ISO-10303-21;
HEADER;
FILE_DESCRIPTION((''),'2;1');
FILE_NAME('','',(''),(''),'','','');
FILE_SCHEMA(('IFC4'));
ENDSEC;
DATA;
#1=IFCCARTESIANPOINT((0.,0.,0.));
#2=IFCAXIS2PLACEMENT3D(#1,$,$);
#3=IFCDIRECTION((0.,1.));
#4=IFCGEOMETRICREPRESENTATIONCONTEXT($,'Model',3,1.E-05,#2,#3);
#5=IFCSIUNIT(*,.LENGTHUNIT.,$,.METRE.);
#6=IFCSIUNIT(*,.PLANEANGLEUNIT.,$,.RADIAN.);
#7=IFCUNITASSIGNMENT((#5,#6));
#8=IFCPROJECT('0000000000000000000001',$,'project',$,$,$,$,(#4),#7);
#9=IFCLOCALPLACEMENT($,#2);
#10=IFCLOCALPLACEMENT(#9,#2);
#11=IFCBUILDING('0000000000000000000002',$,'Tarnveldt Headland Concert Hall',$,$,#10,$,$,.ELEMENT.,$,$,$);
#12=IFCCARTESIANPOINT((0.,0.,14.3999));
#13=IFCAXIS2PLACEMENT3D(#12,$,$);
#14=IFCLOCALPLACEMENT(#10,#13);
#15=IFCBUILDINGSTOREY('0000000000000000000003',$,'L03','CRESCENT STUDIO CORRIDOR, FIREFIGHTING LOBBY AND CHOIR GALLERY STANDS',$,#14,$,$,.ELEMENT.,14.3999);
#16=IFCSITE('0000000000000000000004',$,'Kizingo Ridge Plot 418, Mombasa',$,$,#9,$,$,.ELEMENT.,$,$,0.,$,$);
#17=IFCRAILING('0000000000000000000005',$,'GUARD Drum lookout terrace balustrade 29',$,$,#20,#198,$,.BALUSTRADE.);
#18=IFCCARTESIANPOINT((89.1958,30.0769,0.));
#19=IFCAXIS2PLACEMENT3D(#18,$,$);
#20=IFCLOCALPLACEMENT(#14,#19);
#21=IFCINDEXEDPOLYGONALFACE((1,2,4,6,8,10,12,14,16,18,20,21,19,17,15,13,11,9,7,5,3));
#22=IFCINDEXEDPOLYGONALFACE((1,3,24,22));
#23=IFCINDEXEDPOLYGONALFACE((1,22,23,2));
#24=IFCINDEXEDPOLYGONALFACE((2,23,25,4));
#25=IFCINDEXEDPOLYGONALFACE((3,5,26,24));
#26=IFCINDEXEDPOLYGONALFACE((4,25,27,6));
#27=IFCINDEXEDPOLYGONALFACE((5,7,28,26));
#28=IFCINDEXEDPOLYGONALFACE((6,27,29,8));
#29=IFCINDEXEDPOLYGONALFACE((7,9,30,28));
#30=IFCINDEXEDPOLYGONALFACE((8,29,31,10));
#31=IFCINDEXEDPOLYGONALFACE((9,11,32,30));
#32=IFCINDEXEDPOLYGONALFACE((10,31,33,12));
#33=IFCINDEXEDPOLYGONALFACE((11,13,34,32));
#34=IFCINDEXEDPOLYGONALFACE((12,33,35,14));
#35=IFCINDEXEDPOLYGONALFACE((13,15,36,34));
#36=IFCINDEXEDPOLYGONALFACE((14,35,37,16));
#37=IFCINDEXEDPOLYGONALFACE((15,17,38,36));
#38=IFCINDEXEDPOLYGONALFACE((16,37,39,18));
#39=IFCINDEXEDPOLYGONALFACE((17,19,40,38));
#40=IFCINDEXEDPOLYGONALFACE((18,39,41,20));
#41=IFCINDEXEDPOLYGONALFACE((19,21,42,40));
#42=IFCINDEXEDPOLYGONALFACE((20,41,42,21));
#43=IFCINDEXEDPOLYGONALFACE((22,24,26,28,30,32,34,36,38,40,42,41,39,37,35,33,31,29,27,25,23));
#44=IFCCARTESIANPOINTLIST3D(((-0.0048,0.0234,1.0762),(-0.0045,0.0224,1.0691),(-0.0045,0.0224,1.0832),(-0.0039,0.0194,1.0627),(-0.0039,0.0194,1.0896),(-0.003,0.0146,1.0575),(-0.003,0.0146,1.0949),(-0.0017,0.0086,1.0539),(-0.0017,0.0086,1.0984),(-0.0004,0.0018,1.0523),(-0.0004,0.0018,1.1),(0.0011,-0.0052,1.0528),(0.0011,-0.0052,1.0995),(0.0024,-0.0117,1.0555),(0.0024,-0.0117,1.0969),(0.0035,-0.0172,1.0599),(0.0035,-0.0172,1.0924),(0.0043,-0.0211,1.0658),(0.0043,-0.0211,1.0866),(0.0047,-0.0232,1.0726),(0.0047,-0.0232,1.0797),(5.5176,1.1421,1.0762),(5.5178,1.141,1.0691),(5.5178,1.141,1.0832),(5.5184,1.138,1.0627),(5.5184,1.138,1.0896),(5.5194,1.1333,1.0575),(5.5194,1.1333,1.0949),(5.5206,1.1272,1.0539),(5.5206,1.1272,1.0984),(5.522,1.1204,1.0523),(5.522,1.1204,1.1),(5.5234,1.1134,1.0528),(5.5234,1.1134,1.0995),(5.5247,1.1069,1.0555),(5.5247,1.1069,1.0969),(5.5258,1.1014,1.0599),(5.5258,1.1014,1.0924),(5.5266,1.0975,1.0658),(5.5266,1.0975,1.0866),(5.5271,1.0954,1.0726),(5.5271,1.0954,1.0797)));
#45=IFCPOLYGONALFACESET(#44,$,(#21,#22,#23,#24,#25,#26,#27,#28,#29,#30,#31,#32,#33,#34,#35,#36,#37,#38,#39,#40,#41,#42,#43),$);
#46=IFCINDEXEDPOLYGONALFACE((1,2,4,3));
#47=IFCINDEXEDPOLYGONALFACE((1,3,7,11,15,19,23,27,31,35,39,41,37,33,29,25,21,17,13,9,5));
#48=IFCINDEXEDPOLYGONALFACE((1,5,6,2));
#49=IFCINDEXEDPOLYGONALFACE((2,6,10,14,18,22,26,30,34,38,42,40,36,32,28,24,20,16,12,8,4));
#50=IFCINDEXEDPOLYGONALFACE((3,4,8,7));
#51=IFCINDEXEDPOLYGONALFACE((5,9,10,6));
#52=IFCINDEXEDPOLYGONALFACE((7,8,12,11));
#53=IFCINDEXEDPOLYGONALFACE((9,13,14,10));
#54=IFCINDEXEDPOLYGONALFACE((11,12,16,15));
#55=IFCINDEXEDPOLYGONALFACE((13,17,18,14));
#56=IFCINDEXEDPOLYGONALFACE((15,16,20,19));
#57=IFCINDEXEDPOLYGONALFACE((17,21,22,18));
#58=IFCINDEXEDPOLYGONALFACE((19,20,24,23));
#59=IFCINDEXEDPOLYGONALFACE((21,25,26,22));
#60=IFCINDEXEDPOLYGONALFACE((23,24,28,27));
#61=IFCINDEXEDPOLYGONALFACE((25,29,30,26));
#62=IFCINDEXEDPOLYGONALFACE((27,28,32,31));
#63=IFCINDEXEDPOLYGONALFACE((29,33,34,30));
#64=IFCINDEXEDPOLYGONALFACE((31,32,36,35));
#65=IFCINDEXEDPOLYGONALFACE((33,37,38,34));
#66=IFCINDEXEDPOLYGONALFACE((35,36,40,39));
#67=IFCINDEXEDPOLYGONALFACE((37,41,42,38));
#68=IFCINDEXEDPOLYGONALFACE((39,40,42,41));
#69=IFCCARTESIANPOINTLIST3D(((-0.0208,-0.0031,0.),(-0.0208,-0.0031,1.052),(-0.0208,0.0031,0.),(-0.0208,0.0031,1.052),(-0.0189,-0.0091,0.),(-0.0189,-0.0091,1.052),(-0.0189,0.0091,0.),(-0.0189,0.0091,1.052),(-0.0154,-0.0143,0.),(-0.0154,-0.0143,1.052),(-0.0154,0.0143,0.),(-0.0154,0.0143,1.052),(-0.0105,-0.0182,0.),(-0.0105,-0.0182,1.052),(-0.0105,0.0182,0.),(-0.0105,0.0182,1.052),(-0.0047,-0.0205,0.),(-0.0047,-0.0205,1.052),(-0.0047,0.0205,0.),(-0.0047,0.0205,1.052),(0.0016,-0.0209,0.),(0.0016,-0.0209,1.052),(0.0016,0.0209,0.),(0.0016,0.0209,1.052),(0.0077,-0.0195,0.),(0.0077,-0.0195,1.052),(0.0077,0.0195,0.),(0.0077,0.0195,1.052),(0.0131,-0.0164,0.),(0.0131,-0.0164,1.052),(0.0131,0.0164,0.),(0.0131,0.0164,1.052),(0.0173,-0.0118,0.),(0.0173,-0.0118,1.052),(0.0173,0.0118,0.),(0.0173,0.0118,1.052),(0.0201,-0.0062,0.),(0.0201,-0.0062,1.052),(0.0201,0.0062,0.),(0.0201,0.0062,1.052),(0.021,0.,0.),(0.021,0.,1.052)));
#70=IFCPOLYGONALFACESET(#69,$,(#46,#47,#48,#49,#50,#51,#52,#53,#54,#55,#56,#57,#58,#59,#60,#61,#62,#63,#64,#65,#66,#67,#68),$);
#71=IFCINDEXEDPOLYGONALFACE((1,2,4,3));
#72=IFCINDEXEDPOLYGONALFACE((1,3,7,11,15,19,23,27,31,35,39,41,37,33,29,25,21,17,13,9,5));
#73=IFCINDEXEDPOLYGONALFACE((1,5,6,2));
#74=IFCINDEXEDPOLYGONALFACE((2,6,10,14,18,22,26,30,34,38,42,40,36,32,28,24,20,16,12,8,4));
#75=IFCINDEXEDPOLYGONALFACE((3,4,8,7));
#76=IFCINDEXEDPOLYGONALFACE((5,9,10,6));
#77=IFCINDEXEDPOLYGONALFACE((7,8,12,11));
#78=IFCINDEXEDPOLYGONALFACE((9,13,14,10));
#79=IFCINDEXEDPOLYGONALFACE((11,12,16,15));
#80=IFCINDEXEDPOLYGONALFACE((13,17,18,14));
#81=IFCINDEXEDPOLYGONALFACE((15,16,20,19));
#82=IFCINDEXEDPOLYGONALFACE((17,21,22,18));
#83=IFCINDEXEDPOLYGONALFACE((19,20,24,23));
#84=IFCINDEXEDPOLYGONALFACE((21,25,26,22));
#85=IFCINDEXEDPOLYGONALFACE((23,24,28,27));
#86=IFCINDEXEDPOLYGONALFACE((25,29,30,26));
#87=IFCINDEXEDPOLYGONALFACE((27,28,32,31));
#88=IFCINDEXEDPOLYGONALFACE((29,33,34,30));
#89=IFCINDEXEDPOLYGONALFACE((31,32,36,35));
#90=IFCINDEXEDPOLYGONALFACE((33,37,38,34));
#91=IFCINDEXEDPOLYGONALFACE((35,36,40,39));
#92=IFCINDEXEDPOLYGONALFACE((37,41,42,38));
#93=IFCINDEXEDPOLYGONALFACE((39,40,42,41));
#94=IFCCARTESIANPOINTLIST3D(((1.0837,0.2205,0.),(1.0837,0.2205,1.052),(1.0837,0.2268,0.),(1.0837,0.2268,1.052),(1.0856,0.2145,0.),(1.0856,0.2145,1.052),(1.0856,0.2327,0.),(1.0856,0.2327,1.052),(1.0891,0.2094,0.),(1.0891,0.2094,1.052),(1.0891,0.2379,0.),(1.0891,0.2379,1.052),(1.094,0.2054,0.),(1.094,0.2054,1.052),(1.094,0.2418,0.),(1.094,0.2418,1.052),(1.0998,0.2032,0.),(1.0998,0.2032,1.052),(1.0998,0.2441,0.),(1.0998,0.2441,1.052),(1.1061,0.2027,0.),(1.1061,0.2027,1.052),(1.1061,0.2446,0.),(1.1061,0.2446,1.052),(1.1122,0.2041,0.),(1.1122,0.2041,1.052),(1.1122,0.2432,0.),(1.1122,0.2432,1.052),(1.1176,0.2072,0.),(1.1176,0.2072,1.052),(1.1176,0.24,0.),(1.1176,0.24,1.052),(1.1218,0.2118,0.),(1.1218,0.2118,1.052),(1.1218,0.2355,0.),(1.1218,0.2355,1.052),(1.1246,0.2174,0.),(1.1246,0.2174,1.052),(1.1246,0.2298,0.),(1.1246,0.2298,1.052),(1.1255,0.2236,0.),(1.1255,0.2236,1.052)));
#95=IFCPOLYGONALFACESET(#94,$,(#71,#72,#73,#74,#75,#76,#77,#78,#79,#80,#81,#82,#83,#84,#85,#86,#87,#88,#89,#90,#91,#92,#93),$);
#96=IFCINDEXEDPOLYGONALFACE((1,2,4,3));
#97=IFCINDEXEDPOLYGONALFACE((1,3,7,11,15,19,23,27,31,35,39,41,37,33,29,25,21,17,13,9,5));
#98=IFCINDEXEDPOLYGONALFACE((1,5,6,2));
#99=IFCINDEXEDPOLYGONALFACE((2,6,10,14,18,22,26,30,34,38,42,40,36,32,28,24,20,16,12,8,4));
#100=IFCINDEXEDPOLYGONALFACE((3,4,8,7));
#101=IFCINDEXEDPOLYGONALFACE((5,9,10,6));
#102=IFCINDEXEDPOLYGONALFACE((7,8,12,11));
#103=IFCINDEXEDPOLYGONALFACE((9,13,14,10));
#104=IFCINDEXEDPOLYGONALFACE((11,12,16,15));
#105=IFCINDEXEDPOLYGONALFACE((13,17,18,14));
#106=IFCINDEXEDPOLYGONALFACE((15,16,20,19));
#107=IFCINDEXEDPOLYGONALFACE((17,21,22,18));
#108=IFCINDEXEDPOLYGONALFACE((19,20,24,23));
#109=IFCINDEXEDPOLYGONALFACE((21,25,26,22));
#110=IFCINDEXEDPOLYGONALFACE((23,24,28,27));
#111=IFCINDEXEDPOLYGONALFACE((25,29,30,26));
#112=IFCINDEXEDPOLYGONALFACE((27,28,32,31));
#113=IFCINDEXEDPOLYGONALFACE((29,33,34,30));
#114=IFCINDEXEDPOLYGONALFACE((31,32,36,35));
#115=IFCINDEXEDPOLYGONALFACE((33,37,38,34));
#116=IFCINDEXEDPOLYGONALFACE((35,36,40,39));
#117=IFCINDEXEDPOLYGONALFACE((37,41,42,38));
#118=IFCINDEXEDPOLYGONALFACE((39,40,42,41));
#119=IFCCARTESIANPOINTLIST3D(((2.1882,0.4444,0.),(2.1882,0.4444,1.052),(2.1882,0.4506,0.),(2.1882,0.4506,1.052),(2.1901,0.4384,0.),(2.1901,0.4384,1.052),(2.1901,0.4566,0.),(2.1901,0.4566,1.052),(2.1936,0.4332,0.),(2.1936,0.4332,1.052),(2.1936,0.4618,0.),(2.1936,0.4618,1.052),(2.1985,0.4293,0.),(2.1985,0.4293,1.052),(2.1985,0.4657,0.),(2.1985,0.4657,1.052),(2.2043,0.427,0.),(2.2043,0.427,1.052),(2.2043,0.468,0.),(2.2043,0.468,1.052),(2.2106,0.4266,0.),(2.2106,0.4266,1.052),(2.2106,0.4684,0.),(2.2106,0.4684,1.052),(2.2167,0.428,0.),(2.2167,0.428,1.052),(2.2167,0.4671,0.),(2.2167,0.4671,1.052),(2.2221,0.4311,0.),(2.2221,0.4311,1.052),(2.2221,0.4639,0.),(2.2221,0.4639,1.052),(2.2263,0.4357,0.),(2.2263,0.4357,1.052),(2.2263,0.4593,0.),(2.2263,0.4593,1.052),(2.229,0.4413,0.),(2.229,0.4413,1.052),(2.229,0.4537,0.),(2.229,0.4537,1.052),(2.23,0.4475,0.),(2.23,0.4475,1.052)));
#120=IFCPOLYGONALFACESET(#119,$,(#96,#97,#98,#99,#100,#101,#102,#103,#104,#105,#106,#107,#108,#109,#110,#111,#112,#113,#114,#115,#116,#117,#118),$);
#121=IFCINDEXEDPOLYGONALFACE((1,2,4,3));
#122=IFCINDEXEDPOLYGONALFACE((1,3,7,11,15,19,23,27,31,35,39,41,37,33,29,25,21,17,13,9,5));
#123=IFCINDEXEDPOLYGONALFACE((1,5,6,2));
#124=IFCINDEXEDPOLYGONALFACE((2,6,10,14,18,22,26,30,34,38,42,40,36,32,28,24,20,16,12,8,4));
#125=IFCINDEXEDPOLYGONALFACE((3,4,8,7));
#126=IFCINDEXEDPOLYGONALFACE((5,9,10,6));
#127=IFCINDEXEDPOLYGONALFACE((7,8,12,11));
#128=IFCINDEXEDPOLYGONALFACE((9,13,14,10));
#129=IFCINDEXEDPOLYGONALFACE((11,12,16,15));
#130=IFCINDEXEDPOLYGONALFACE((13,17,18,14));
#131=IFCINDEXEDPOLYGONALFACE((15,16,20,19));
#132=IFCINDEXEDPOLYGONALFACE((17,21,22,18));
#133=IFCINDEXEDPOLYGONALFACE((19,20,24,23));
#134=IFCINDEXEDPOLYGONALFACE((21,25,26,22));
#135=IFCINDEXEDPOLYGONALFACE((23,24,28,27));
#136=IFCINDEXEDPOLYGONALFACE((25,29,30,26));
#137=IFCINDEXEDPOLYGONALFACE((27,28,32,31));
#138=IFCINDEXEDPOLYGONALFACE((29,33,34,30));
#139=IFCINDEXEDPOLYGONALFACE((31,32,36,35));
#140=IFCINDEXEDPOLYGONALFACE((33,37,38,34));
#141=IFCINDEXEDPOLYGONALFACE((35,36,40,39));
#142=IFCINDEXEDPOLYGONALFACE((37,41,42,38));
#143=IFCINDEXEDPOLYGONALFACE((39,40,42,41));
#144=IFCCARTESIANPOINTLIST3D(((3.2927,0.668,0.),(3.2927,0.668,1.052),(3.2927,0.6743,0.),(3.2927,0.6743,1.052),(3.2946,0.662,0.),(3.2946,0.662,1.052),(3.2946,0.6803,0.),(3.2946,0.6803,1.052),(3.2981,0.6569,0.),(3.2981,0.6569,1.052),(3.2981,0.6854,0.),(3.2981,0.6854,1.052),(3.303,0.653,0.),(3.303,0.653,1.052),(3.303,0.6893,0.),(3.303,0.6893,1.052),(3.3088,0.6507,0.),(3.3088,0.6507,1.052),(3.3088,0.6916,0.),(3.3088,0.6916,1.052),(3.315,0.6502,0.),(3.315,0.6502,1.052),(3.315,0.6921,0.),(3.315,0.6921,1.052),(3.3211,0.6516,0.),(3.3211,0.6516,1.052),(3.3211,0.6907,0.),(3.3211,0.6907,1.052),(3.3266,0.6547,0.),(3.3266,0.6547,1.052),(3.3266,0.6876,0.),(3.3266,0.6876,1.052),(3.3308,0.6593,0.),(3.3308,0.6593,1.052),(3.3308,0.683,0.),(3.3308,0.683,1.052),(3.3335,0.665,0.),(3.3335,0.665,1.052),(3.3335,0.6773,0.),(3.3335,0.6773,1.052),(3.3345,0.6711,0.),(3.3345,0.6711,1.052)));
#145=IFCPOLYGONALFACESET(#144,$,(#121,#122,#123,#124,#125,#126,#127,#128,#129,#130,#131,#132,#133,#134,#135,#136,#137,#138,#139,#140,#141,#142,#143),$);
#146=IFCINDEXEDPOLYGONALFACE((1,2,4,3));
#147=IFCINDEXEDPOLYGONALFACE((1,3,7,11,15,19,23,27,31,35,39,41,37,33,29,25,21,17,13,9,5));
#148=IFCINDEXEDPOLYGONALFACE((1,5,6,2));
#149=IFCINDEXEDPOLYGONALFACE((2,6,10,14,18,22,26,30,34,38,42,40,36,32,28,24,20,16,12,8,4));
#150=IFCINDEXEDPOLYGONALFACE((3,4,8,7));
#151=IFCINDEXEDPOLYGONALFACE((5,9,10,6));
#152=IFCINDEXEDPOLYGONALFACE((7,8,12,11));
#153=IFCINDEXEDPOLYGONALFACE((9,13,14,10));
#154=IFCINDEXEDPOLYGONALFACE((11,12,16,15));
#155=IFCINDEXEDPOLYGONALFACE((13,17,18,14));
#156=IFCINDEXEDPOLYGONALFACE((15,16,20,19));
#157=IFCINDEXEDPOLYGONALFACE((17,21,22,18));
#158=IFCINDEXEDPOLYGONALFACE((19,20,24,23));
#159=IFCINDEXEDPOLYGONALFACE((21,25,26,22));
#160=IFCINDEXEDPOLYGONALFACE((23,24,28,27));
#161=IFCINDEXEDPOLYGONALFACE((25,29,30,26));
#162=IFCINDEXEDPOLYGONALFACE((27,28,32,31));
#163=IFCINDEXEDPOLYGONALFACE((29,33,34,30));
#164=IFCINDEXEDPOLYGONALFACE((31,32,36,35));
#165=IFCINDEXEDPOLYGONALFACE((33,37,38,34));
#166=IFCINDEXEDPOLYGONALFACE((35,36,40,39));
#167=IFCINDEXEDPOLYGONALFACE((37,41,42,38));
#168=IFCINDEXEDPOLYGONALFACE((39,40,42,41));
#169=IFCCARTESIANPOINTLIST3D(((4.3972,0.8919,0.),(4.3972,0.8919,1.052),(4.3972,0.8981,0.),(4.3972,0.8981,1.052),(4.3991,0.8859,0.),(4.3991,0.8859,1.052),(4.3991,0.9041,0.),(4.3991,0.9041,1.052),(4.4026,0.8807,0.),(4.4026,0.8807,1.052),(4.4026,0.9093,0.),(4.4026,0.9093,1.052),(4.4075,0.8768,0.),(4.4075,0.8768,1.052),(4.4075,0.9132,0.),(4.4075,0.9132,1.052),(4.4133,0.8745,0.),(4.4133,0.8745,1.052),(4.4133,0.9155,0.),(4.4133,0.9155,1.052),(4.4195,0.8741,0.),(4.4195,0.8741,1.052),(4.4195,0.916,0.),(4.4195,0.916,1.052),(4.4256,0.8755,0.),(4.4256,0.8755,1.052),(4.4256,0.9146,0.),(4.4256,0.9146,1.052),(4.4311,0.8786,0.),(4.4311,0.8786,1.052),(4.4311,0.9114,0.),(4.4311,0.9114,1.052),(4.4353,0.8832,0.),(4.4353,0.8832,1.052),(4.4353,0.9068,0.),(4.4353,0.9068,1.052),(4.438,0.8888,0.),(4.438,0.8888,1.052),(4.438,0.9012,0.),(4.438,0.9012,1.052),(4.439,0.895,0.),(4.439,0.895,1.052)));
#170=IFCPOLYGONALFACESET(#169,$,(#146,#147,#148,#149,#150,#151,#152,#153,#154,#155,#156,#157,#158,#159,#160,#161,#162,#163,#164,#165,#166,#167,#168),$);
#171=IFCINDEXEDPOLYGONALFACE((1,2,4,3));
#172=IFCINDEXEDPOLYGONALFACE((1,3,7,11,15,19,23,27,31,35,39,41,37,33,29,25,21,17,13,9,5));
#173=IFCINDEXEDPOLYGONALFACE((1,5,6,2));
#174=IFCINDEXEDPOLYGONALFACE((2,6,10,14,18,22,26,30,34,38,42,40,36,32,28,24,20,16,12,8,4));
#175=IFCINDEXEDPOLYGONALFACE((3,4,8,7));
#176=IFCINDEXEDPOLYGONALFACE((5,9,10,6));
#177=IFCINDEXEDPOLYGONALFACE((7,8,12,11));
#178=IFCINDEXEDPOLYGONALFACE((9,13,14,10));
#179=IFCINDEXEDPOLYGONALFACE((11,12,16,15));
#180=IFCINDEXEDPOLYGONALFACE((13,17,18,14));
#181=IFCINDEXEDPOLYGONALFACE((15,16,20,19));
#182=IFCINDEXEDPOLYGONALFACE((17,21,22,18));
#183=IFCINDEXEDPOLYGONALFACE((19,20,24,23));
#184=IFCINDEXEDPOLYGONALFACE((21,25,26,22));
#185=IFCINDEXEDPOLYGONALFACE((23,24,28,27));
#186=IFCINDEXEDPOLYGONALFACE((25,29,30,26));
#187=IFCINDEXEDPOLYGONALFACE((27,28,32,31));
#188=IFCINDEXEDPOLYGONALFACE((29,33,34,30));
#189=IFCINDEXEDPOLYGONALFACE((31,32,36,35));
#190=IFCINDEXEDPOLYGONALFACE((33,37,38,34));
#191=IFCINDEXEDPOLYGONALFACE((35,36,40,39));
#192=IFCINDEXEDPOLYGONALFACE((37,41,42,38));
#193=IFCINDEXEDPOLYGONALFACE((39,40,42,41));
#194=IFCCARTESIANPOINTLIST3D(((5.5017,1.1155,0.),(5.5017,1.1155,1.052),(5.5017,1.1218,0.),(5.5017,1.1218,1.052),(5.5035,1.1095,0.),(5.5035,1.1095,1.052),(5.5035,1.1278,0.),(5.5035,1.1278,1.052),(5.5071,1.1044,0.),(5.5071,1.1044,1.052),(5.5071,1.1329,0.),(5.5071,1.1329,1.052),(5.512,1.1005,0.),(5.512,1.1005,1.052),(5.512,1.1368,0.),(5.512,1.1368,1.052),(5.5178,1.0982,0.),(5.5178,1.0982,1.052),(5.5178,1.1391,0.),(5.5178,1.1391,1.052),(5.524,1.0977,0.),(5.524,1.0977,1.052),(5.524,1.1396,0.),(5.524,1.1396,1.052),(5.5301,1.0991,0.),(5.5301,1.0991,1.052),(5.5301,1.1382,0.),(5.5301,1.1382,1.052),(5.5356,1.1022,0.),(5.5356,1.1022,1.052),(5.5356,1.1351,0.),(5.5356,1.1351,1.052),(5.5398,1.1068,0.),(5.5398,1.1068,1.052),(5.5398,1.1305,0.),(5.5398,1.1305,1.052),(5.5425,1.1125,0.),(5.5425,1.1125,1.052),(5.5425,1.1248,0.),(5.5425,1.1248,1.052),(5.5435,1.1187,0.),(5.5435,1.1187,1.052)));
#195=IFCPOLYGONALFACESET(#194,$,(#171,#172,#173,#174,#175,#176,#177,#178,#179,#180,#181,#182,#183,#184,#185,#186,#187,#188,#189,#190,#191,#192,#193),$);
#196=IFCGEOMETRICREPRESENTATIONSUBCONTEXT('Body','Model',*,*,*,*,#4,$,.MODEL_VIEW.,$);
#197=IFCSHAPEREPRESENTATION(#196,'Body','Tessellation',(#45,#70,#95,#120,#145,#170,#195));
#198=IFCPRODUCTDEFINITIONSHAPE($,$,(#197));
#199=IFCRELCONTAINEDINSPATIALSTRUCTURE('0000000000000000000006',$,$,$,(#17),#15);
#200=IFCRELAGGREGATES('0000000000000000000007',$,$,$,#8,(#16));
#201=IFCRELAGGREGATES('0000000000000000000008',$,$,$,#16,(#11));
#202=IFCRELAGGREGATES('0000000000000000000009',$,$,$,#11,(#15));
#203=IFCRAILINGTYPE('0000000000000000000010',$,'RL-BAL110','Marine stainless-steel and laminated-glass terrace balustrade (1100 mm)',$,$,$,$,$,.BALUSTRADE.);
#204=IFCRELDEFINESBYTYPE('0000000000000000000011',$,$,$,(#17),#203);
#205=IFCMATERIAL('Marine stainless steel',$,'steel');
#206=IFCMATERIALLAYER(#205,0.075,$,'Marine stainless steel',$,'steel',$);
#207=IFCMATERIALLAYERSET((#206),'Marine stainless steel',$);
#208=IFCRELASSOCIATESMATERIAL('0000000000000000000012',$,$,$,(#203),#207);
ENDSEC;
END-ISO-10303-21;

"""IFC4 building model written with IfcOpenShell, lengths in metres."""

from ifc_helpers import new_model, si_unit, direction, frame, origin, origin_2d, place, context, subcontext, project, spatial, circle, extrude, material, layer, layer_set, type_object, element, save


model = new_model("IFC4")

# Units and contexts
model_context = context("Model", 3, precision=1e-05, world=origin(), true_north=direction((0.0, 1.0)))
body_context = subcontext(model_context, "Body", "Model", "MODEL_VIEW")
ifc_project = project(units=[si_unit("LENGTHUNIT", "METRE"), si_unit("PLANEANGLEUNIT", "RADIAN")], contexts=[model_context])

# Site, building, storey
site_placement = place(None, origin())
site = spatial("IfcSite", under=ifc_project, at=site_placement, Name="Kizingo Ridge Plot 418, Mombasa", CompositionType="ELEMENT", RefElevation=0.0)
building_placement = place(site_placement, origin())
building = spatial("IfcBuilding", under=site, at=building_placement, Name="Tarnveldt Headland Concert Hall", CompositionType="ELEMENT")
storey_placement = place(building_placement, frame((0.0, 0.0, 14.3999)))
storey = spatial("IfcBuildingStorey", under=building, at=storey_placement, Name="L03", Description="CRESCENT STUDIO CORRIDOR, FIREFIGHTING LOBBY AND CHOIR GALLERY STANDS", CompositionType="ELEMENT", Elevation=14.3999)

# Railing
ifc_material_1 = material(Name="Marine stainless steel", Category="steel")
ifc_layer_1 = layer(ifc_material_1, 0.075, Name="Marine stainless steel", Category="steel")
ifc_layer_set_1 = layer_set([ifc_layer_1], Name="Marine stainless steel")
railing_type_1 = type_object("IfcRailingType", Name="RL-BAL110", Description="Marine stainless-steel and laminated-glass terrace balustrade (1100 mm)", PredefinedType="BALUSTRADE", material=ifc_layer_set_1)
railing_1_placement = place(storey_placement, frame((89.1958, 30.0769, 0.0)))
element("IfcRailing", 1, at=railing_1_placement, inside=storey, type_object=railing_type_1, Name="GUARD Drum lookout terrace balustrade 29", PredefinedType="BALUSTRADE", context=body_context, shape_type="SweptSolid", body=[
    extrude(circle(Radius=0.0239, at=origin_2d()), frame((0.0, 0.0, 1.0762), z_axis=(0.980094, 0.198532, 0.0), x_axis=(-0.198532, 0.980094, 0.0)), (0.0, 0.0, 1.0), 5.6345),
    extrude(circle(Radius=0.021, at=origin_2d()), origin(), (0.0, 0.0, 1.0), 1.052),
    extrude(circle(Radius=0.021, at=origin_2d()), frame((1.1045, 0.2236, 0.0)), (0.0, 0.0, 1.0), 1.052),
    extrude(circle(Radius=0.021, at=origin_2d()), frame((2.209, 0.4475, 0.0)), (0.0, 0.0, 1.0), 1.052),
    extrude(circle(Radius=0.021, at=origin_2d()), frame((3.3135, 0.6711, 0.0)), (0.0, 0.0, 1.0), 1.052),
    extrude(circle(Radius=0.021, at=origin_2d()), frame((4.418, 0.895, 0.0)), (0.0, 0.0, 1.0), 1.052),
    extrude(circle(Radius=0.021, at=origin_2d()), frame((5.5225, 1.1187, 0.0)), (0.0, 0.0, 1.0), 1.052),
])

save(model, "model.ifc")
